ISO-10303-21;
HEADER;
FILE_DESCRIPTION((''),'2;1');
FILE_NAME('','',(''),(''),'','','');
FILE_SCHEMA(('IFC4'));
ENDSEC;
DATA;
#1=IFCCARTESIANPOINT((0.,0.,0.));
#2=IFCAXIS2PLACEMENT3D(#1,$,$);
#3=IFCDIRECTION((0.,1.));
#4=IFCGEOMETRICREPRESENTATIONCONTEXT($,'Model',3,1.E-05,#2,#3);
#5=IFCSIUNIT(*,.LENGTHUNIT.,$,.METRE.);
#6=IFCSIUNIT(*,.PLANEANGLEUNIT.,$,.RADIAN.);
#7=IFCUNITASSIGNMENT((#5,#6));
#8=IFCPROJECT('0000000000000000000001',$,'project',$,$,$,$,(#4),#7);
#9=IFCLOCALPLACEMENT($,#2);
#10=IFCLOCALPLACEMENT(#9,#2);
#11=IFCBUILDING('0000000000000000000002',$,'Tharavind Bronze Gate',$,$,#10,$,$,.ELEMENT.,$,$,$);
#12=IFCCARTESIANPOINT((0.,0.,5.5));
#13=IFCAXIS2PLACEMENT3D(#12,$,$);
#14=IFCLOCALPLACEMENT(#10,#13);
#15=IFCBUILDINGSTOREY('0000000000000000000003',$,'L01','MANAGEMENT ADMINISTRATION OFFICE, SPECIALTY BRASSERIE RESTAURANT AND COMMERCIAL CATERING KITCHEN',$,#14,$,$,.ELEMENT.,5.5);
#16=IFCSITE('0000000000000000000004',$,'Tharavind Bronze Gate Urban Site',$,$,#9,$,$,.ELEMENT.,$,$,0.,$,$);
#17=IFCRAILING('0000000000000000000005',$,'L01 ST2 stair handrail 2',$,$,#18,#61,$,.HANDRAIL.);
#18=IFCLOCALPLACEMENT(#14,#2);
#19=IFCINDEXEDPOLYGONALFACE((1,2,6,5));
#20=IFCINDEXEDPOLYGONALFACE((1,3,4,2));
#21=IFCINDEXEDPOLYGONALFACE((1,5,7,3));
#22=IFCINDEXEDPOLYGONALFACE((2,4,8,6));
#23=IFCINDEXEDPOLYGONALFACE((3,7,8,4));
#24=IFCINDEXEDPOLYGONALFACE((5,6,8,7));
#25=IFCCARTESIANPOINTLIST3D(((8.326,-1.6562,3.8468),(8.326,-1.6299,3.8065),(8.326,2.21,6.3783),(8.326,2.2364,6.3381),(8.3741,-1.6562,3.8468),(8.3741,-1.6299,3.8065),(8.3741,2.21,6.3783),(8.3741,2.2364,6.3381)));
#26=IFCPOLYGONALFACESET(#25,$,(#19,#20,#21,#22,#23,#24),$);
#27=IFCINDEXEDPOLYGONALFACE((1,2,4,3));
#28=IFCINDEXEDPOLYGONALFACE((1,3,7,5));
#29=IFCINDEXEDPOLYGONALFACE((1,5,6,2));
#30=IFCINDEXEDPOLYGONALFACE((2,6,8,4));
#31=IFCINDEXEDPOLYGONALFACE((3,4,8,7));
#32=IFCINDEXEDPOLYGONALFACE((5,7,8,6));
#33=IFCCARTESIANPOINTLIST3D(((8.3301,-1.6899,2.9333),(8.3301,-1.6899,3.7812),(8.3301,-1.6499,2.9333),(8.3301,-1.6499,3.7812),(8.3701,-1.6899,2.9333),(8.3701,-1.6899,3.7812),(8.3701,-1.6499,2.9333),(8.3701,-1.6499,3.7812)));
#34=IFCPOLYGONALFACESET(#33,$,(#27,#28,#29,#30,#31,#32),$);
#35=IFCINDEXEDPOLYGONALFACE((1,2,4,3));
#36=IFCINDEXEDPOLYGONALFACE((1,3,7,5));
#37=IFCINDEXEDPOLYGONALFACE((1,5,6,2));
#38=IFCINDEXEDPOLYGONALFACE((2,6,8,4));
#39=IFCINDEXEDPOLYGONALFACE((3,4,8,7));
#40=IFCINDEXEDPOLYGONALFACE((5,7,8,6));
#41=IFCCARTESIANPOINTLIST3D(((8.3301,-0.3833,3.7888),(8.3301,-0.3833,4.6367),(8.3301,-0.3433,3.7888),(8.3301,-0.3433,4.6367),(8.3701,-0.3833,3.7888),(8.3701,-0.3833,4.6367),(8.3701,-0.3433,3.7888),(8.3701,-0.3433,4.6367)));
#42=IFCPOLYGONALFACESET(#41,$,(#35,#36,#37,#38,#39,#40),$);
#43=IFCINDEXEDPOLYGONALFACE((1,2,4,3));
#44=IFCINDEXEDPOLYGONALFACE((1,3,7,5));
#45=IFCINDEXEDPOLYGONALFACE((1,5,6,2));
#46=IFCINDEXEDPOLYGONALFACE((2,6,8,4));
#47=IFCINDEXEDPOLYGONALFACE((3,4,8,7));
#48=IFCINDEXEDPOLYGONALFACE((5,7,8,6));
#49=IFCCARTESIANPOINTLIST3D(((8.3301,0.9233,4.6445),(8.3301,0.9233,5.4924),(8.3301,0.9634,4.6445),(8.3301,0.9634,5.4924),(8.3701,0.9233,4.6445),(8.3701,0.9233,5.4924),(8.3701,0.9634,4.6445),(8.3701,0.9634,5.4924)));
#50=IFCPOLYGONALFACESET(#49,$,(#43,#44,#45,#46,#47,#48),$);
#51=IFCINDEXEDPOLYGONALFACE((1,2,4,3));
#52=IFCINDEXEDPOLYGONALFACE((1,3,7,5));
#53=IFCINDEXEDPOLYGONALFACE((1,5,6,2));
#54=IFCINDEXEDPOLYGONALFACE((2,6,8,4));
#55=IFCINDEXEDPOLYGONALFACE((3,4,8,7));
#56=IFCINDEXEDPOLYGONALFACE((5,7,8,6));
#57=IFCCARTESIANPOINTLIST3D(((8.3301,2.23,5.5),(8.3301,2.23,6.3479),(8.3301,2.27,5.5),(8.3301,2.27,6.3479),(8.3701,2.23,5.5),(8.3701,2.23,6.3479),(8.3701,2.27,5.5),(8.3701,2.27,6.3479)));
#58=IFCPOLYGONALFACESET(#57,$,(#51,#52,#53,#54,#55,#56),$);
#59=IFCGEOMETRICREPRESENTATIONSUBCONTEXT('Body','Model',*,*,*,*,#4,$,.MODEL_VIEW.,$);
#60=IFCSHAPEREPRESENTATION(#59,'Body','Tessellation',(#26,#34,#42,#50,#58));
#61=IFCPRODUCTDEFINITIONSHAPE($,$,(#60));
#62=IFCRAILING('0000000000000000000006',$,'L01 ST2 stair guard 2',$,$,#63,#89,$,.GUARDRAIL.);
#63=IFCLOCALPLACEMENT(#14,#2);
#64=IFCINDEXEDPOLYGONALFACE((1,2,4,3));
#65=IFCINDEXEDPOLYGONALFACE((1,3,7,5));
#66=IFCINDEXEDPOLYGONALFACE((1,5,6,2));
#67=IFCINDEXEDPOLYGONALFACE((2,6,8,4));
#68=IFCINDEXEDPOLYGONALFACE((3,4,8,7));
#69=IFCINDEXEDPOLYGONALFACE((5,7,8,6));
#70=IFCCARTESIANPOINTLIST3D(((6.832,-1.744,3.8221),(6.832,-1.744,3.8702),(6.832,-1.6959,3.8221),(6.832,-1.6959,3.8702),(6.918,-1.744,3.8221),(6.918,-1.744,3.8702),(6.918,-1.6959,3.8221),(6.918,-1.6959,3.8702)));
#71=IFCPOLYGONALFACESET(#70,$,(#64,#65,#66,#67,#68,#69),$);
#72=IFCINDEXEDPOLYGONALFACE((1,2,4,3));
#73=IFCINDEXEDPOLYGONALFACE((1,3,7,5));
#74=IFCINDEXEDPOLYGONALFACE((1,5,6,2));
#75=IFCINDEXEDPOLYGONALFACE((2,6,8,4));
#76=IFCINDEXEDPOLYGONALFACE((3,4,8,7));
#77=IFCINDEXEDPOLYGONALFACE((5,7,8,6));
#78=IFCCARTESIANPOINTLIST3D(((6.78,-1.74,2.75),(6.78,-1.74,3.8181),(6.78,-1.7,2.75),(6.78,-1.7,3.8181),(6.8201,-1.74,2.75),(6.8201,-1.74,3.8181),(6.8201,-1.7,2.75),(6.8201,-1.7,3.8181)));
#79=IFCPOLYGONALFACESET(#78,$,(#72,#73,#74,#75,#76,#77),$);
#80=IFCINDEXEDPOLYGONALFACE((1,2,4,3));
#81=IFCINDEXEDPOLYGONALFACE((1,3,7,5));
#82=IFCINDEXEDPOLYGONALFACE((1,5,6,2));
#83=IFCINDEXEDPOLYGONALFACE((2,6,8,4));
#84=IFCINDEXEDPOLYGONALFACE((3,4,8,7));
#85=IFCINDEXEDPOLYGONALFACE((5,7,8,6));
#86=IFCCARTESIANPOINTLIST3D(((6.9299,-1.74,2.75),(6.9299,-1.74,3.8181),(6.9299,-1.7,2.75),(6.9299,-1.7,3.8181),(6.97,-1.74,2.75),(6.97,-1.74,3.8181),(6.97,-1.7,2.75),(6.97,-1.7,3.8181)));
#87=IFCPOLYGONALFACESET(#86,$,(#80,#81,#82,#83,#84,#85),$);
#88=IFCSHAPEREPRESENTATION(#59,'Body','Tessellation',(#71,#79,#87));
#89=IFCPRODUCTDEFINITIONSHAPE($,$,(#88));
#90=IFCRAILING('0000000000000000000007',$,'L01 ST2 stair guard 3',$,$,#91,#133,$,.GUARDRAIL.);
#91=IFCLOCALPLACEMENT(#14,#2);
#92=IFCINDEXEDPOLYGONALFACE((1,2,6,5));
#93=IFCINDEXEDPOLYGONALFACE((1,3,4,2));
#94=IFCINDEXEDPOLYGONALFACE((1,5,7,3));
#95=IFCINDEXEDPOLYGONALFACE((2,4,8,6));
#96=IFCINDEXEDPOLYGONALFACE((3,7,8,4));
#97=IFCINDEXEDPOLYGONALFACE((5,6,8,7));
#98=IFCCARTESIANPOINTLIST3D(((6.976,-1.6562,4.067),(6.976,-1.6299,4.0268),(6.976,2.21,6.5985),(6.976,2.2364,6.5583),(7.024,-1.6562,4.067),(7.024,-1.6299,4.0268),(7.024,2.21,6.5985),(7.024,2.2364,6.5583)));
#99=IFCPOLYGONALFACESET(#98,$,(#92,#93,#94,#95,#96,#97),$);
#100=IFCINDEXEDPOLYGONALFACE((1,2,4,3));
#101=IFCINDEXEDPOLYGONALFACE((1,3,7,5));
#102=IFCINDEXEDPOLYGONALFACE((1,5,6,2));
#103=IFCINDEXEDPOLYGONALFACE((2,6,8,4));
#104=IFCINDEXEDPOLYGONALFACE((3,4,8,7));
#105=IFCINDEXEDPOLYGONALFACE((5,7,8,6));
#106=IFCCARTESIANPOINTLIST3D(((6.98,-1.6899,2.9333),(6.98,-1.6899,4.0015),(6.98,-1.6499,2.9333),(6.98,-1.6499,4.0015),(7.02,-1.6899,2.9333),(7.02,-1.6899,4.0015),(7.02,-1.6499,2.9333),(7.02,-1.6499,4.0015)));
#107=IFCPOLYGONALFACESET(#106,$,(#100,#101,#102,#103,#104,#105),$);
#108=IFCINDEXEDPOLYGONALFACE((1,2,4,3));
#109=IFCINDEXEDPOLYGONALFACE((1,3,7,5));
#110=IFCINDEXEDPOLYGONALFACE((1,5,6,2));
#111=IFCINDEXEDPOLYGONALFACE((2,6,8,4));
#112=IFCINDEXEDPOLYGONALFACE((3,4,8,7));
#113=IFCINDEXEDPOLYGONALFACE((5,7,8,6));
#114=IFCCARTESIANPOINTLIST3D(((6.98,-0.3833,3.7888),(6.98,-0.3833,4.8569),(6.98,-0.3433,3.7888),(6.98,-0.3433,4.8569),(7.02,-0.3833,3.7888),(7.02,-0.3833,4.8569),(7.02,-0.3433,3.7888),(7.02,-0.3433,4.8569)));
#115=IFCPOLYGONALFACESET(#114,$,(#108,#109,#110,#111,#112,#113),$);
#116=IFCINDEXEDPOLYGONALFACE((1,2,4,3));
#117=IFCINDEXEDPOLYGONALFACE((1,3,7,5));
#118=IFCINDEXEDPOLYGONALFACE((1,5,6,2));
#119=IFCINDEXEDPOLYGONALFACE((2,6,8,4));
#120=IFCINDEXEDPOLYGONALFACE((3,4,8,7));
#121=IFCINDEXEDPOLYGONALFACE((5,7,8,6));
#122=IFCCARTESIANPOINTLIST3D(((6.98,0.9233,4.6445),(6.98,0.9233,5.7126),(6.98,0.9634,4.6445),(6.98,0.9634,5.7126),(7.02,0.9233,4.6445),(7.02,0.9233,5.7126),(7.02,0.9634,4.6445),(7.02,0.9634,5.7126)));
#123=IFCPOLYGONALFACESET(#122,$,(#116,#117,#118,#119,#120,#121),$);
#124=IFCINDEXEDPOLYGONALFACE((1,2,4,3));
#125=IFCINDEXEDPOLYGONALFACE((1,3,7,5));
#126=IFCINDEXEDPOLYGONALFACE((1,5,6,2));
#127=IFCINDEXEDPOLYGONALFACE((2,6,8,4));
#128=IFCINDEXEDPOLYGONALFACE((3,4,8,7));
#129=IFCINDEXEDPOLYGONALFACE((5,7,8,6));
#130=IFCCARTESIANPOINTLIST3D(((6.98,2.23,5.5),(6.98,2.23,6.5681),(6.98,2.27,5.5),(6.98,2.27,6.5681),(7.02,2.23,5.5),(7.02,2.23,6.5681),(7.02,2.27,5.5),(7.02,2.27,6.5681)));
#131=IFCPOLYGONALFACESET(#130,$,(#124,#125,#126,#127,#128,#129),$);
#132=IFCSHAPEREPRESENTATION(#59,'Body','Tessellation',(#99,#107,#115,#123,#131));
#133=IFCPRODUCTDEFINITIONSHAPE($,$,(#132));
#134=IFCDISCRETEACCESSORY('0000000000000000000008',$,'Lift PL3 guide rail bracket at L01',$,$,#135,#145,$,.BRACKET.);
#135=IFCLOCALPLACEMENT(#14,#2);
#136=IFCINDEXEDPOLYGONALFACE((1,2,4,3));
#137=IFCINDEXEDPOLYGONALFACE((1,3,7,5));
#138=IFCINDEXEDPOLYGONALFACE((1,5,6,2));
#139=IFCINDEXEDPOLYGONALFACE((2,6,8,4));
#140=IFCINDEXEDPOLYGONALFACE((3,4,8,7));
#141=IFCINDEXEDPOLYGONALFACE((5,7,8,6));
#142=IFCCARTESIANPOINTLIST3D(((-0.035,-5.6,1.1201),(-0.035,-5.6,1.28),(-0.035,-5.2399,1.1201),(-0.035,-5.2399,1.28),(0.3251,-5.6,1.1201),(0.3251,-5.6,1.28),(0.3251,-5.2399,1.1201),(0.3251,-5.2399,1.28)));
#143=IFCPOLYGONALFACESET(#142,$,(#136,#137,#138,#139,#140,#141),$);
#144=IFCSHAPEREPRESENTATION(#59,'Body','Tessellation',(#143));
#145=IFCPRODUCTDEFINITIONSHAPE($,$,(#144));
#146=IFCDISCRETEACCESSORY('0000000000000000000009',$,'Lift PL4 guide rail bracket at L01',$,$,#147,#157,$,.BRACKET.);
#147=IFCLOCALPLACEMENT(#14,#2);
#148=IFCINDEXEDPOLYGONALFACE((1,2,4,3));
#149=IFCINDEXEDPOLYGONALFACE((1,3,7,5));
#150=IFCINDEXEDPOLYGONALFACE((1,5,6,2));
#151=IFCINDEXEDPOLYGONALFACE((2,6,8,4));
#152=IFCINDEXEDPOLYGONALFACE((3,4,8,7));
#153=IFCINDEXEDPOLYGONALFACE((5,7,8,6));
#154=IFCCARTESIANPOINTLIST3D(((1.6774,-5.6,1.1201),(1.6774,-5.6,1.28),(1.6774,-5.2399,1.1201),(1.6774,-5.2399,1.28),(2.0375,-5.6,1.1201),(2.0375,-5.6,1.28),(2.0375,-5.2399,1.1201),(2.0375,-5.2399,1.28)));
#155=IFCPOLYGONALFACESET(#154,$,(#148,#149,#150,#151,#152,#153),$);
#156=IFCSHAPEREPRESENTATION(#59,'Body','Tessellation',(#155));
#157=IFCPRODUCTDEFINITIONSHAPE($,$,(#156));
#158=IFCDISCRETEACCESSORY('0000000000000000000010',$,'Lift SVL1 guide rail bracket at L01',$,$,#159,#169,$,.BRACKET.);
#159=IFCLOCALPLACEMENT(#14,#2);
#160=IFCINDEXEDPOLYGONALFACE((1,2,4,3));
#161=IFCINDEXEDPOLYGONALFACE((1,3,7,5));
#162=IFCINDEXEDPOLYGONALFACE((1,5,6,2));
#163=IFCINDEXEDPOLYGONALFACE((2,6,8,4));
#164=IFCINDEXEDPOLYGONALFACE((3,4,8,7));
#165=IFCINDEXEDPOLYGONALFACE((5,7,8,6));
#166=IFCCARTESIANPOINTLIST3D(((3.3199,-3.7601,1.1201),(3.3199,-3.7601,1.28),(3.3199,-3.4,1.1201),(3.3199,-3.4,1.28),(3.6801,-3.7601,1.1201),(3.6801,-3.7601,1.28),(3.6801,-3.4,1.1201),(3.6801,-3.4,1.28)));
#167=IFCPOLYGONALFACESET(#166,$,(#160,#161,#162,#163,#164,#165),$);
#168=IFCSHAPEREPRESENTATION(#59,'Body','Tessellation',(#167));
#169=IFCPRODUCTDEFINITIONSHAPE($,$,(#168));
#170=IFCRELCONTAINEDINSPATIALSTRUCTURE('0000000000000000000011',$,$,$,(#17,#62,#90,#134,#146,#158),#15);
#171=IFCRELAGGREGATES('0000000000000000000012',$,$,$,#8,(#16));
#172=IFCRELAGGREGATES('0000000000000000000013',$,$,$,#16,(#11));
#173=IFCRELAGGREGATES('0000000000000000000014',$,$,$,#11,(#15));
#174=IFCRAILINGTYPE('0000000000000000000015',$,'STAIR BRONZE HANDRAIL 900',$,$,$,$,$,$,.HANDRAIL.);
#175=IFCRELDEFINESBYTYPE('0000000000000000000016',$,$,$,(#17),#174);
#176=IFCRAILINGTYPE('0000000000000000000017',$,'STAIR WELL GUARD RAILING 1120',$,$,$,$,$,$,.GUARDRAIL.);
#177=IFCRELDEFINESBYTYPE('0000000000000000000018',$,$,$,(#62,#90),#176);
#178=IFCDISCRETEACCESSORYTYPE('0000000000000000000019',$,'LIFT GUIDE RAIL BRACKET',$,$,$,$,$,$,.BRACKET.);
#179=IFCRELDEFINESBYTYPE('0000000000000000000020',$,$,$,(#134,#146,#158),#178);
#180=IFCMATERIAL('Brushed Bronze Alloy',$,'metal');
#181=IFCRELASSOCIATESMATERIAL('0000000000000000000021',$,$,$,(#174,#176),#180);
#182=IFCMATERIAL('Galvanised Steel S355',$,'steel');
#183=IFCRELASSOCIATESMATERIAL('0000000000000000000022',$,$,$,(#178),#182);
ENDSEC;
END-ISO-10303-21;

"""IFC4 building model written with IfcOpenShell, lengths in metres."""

from ifc_helpers import new_model, si_unit, direction, frame, origin, origin_2d, place, context, subcontext, project, spatial, rectangle, extrude, material, type_object, element, save


model = new_model("IFC4")

# Units and contexts
model_context = context("Model", 3, precision=1e-05, world=origin(), true_north=direction((0.0, 1.0)))
body_context = subcontext(model_context, "Body", "Model", "MODEL_VIEW")
ifc_project = project(units=[si_unit("LENGTHUNIT", "METRE"), si_unit("PLANEANGLEUNIT", "RADIAN")], contexts=[model_context])

# Site, building, storey
site_placement = place(None, origin())
site = spatial("IfcSite", under=ifc_project, at=site_placement, Name="Tharavind Bronze Gate Urban Site", CompositionType="ELEMENT", RefElevation=0.0)
building_placement = place(site_placement, origin())
building = spatial("IfcBuilding", under=site, at=building_placement, Name="Tharavind Bronze Gate", CompositionType="ELEMENT")
storey_placement = place(building_placement, frame((0.0, 0.0, 5.5)))
storey = spatial("IfcBuildingStorey", under=building, at=storey_placement, Name="L01", Description="MANAGEMENT ADMINISTRATION OFFICE, SPECIALTY BRASSERIE RESTAURANT AND COMMERCIAL CATERING KITCHEN", CompositionType="ELEMENT", Elevation=5.5)

# Railings
ifc_material_1 = material(Name="Brushed Bronze Alloy", Category="metal")
railing_type_1 = type_object("IfcRailingType", Name="STAIR BRONZE HANDRAIL 900", PredefinedType="HANDRAIL", material=ifc_material_1)
railing_1_placement = place(storey_placement, frame((8.3501, -1.6699, 2.9333)))
element("IfcRailing", 1, at=railing_1_placement, inside=storey, type_object=railing_type_1, Name="L01 ST2 stair handrail 2", PredefinedType="HANDRAIL", context=body_context, shape_type="SweptSolid", body=[
    extrude(rectangle(XDim=0.0481, YDim=0.0481, at=origin_2d()), frame((0.0, 0.0269, 0.8933), z_axis=(0.0, 0.836615, 0.547791), x_axis=(-1.0, 0.0, 0.0)), (0.0, 0.0, 1.0), 4.6213),
    extrude(rectangle(XDim=0.04, YDim=0.04, at=origin_2d()), origin(), (0.0, 0.0, 1.0), 0.8479),
    extrude(rectangle(XDim=0.04, YDim=0.04, at=origin_2d()), frame((0.0, 1.3066, 0.8555)), (0.0, 0.0, 1.0), 0.8479),
    extrude(rectangle(XDim=0.04, YDim=0.04, at=origin_2d()), frame((0.0, 2.6133, 1.7112)), (0.0, 0.0, 1.0), 0.8479),
    extrude(rectangle(XDim=0.04, YDim=0.04, at=origin_2d()), frame((0.0, 3.9199, 2.5667)), (0.0, 0.0, 1.0), 0.8479),
])
railing_type_2 = type_object("IfcRailingType", Name="STAIR WELL GUARD RAILING 1120", PredefinedType="GUARDRAIL", material=ifc_material_1)
railing_2_placement = place(storey_placement, frame((6.8, -1.72, 2.75)))
element("IfcRailing", 2, at=railing_2_placement, inside=storey, type_object=railing_type_2, Name="L01 ST2 stair guard 2", PredefinedType="GUARDRAIL", context=body_context, shape_type="SweptSolid", body=[
    extrude(rectangle(XDim=0.0481, YDim=0.0481, at=origin_2d()), frame((0.032, 0.0, 1.0962), z_axis=(1.0, 0.0, 0.0), x_axis=(0.0, 1.0, 0.0)), (0.0, 0.0, 1.0), 0.0859),
    extrude(rectangle(XDim=0.04, YDim=0.04, at=origin_2d()), origin(), (0.0, 0.0, 1.0), 1.0681),
    extrude(rectangle(XDim=0.04, YDim=0.04, at=origin_2d()), frame((0.1499, 0.0, 0.0)), (0.0, 0.0, 1.0), 1.0681),
])
railing_3_placement = place(storey_placement, frame((7.0, -1.6699, 2.9333)))
element("IfcRailing", 3, at=railing_3_placement, inside=storey, type_object=railing_type_2, Name="L01 ST2 stair guard 3", PredefinedType="GUARDRAIL", context=body_context, shape_type="SweptSolid", body=[
    extrude(rectangle(XDim=0.0481, YDim=0.0481, at=origin_2d()), frame((0.0, 0.0269, 1.1135), z_axis=(0.0, 0.836615, 0.547791), x_axis=(-1.0, 0.0, 0.0)), (0.0, 0.0, 1.0), 4.6213),
    extrude(rectangle(XDim=0.04, YDim=0.04, at=origin_2d()), origin(), (0.0, 0.0, 1.0), 1.0681),
    extrude(rectangle(XDim=0.04, YDim=0.04, at=origin_2d()), frame((0.0, 1.3066, 0.8555)), (0.0, 0.0, 1.0), 1.0681),
    extrude(rectangle(XDim=0.04, YDim=0.04, at=origin_2d()), frame((0.0, 2.6133, 1.7112)), (0.0, 0.0, 1.0), 1.0681),
    extrude(rectangle(XDim=0.04, YDim=0.04, at=origin_2d()), frame((0.0, 3.9199, 2.5667)), (0.0, 0.0, 1.0), 1.0681),
])

# Discrete accessories
ifc_material_2 = material(Name="Galvanised Steel S355", Category="steel")
discrete_accessory_type = type_object("IfcDiscreteAccessoryType", Name="LIFT GUIDE RAIL BRACKET", PredefinedType="BRACKET", material=ifc_material_2)
for number, where, z_axis, x_axis, name in (
    (4, (0.145, -5.4199, 1.1201), (0.0, 0.0, 1.0), (1.0, 0.0, 0.0), "Lift PL3 guide rail bracket at L01"),
    (5, (1.8574, -5.4199, 1.1201), (0.0, 0.0, 1.0), (1.0, 0.0, 0.0), "Lift PL4 guide rail bracket at L01"),
    (6, (3.5, -3.5801, 1.1201), (0.0, 0.0, 1.0), (1.0, 0.0, 0.0), "Lift SVL1 guide rail bracket at L01"),
):
    element("IfcDiscreteAccessory", number, at=place(storey_placement, frame(where, z_axis=z_axis, x_axis=x_axis)), inside=storey, type_object=discrete_accessory_type, Name=name, PredefinedType="BRACKET", context=body_context, shape_type="SweptSolid", body=[
        extrude(rectangle(XDim=0.3601, YDim=0.3601, at=origin_2d()), origin(), (0.0, 0.0, 1.0), 0.1599),
    ])

save(model, "model.ifc")
